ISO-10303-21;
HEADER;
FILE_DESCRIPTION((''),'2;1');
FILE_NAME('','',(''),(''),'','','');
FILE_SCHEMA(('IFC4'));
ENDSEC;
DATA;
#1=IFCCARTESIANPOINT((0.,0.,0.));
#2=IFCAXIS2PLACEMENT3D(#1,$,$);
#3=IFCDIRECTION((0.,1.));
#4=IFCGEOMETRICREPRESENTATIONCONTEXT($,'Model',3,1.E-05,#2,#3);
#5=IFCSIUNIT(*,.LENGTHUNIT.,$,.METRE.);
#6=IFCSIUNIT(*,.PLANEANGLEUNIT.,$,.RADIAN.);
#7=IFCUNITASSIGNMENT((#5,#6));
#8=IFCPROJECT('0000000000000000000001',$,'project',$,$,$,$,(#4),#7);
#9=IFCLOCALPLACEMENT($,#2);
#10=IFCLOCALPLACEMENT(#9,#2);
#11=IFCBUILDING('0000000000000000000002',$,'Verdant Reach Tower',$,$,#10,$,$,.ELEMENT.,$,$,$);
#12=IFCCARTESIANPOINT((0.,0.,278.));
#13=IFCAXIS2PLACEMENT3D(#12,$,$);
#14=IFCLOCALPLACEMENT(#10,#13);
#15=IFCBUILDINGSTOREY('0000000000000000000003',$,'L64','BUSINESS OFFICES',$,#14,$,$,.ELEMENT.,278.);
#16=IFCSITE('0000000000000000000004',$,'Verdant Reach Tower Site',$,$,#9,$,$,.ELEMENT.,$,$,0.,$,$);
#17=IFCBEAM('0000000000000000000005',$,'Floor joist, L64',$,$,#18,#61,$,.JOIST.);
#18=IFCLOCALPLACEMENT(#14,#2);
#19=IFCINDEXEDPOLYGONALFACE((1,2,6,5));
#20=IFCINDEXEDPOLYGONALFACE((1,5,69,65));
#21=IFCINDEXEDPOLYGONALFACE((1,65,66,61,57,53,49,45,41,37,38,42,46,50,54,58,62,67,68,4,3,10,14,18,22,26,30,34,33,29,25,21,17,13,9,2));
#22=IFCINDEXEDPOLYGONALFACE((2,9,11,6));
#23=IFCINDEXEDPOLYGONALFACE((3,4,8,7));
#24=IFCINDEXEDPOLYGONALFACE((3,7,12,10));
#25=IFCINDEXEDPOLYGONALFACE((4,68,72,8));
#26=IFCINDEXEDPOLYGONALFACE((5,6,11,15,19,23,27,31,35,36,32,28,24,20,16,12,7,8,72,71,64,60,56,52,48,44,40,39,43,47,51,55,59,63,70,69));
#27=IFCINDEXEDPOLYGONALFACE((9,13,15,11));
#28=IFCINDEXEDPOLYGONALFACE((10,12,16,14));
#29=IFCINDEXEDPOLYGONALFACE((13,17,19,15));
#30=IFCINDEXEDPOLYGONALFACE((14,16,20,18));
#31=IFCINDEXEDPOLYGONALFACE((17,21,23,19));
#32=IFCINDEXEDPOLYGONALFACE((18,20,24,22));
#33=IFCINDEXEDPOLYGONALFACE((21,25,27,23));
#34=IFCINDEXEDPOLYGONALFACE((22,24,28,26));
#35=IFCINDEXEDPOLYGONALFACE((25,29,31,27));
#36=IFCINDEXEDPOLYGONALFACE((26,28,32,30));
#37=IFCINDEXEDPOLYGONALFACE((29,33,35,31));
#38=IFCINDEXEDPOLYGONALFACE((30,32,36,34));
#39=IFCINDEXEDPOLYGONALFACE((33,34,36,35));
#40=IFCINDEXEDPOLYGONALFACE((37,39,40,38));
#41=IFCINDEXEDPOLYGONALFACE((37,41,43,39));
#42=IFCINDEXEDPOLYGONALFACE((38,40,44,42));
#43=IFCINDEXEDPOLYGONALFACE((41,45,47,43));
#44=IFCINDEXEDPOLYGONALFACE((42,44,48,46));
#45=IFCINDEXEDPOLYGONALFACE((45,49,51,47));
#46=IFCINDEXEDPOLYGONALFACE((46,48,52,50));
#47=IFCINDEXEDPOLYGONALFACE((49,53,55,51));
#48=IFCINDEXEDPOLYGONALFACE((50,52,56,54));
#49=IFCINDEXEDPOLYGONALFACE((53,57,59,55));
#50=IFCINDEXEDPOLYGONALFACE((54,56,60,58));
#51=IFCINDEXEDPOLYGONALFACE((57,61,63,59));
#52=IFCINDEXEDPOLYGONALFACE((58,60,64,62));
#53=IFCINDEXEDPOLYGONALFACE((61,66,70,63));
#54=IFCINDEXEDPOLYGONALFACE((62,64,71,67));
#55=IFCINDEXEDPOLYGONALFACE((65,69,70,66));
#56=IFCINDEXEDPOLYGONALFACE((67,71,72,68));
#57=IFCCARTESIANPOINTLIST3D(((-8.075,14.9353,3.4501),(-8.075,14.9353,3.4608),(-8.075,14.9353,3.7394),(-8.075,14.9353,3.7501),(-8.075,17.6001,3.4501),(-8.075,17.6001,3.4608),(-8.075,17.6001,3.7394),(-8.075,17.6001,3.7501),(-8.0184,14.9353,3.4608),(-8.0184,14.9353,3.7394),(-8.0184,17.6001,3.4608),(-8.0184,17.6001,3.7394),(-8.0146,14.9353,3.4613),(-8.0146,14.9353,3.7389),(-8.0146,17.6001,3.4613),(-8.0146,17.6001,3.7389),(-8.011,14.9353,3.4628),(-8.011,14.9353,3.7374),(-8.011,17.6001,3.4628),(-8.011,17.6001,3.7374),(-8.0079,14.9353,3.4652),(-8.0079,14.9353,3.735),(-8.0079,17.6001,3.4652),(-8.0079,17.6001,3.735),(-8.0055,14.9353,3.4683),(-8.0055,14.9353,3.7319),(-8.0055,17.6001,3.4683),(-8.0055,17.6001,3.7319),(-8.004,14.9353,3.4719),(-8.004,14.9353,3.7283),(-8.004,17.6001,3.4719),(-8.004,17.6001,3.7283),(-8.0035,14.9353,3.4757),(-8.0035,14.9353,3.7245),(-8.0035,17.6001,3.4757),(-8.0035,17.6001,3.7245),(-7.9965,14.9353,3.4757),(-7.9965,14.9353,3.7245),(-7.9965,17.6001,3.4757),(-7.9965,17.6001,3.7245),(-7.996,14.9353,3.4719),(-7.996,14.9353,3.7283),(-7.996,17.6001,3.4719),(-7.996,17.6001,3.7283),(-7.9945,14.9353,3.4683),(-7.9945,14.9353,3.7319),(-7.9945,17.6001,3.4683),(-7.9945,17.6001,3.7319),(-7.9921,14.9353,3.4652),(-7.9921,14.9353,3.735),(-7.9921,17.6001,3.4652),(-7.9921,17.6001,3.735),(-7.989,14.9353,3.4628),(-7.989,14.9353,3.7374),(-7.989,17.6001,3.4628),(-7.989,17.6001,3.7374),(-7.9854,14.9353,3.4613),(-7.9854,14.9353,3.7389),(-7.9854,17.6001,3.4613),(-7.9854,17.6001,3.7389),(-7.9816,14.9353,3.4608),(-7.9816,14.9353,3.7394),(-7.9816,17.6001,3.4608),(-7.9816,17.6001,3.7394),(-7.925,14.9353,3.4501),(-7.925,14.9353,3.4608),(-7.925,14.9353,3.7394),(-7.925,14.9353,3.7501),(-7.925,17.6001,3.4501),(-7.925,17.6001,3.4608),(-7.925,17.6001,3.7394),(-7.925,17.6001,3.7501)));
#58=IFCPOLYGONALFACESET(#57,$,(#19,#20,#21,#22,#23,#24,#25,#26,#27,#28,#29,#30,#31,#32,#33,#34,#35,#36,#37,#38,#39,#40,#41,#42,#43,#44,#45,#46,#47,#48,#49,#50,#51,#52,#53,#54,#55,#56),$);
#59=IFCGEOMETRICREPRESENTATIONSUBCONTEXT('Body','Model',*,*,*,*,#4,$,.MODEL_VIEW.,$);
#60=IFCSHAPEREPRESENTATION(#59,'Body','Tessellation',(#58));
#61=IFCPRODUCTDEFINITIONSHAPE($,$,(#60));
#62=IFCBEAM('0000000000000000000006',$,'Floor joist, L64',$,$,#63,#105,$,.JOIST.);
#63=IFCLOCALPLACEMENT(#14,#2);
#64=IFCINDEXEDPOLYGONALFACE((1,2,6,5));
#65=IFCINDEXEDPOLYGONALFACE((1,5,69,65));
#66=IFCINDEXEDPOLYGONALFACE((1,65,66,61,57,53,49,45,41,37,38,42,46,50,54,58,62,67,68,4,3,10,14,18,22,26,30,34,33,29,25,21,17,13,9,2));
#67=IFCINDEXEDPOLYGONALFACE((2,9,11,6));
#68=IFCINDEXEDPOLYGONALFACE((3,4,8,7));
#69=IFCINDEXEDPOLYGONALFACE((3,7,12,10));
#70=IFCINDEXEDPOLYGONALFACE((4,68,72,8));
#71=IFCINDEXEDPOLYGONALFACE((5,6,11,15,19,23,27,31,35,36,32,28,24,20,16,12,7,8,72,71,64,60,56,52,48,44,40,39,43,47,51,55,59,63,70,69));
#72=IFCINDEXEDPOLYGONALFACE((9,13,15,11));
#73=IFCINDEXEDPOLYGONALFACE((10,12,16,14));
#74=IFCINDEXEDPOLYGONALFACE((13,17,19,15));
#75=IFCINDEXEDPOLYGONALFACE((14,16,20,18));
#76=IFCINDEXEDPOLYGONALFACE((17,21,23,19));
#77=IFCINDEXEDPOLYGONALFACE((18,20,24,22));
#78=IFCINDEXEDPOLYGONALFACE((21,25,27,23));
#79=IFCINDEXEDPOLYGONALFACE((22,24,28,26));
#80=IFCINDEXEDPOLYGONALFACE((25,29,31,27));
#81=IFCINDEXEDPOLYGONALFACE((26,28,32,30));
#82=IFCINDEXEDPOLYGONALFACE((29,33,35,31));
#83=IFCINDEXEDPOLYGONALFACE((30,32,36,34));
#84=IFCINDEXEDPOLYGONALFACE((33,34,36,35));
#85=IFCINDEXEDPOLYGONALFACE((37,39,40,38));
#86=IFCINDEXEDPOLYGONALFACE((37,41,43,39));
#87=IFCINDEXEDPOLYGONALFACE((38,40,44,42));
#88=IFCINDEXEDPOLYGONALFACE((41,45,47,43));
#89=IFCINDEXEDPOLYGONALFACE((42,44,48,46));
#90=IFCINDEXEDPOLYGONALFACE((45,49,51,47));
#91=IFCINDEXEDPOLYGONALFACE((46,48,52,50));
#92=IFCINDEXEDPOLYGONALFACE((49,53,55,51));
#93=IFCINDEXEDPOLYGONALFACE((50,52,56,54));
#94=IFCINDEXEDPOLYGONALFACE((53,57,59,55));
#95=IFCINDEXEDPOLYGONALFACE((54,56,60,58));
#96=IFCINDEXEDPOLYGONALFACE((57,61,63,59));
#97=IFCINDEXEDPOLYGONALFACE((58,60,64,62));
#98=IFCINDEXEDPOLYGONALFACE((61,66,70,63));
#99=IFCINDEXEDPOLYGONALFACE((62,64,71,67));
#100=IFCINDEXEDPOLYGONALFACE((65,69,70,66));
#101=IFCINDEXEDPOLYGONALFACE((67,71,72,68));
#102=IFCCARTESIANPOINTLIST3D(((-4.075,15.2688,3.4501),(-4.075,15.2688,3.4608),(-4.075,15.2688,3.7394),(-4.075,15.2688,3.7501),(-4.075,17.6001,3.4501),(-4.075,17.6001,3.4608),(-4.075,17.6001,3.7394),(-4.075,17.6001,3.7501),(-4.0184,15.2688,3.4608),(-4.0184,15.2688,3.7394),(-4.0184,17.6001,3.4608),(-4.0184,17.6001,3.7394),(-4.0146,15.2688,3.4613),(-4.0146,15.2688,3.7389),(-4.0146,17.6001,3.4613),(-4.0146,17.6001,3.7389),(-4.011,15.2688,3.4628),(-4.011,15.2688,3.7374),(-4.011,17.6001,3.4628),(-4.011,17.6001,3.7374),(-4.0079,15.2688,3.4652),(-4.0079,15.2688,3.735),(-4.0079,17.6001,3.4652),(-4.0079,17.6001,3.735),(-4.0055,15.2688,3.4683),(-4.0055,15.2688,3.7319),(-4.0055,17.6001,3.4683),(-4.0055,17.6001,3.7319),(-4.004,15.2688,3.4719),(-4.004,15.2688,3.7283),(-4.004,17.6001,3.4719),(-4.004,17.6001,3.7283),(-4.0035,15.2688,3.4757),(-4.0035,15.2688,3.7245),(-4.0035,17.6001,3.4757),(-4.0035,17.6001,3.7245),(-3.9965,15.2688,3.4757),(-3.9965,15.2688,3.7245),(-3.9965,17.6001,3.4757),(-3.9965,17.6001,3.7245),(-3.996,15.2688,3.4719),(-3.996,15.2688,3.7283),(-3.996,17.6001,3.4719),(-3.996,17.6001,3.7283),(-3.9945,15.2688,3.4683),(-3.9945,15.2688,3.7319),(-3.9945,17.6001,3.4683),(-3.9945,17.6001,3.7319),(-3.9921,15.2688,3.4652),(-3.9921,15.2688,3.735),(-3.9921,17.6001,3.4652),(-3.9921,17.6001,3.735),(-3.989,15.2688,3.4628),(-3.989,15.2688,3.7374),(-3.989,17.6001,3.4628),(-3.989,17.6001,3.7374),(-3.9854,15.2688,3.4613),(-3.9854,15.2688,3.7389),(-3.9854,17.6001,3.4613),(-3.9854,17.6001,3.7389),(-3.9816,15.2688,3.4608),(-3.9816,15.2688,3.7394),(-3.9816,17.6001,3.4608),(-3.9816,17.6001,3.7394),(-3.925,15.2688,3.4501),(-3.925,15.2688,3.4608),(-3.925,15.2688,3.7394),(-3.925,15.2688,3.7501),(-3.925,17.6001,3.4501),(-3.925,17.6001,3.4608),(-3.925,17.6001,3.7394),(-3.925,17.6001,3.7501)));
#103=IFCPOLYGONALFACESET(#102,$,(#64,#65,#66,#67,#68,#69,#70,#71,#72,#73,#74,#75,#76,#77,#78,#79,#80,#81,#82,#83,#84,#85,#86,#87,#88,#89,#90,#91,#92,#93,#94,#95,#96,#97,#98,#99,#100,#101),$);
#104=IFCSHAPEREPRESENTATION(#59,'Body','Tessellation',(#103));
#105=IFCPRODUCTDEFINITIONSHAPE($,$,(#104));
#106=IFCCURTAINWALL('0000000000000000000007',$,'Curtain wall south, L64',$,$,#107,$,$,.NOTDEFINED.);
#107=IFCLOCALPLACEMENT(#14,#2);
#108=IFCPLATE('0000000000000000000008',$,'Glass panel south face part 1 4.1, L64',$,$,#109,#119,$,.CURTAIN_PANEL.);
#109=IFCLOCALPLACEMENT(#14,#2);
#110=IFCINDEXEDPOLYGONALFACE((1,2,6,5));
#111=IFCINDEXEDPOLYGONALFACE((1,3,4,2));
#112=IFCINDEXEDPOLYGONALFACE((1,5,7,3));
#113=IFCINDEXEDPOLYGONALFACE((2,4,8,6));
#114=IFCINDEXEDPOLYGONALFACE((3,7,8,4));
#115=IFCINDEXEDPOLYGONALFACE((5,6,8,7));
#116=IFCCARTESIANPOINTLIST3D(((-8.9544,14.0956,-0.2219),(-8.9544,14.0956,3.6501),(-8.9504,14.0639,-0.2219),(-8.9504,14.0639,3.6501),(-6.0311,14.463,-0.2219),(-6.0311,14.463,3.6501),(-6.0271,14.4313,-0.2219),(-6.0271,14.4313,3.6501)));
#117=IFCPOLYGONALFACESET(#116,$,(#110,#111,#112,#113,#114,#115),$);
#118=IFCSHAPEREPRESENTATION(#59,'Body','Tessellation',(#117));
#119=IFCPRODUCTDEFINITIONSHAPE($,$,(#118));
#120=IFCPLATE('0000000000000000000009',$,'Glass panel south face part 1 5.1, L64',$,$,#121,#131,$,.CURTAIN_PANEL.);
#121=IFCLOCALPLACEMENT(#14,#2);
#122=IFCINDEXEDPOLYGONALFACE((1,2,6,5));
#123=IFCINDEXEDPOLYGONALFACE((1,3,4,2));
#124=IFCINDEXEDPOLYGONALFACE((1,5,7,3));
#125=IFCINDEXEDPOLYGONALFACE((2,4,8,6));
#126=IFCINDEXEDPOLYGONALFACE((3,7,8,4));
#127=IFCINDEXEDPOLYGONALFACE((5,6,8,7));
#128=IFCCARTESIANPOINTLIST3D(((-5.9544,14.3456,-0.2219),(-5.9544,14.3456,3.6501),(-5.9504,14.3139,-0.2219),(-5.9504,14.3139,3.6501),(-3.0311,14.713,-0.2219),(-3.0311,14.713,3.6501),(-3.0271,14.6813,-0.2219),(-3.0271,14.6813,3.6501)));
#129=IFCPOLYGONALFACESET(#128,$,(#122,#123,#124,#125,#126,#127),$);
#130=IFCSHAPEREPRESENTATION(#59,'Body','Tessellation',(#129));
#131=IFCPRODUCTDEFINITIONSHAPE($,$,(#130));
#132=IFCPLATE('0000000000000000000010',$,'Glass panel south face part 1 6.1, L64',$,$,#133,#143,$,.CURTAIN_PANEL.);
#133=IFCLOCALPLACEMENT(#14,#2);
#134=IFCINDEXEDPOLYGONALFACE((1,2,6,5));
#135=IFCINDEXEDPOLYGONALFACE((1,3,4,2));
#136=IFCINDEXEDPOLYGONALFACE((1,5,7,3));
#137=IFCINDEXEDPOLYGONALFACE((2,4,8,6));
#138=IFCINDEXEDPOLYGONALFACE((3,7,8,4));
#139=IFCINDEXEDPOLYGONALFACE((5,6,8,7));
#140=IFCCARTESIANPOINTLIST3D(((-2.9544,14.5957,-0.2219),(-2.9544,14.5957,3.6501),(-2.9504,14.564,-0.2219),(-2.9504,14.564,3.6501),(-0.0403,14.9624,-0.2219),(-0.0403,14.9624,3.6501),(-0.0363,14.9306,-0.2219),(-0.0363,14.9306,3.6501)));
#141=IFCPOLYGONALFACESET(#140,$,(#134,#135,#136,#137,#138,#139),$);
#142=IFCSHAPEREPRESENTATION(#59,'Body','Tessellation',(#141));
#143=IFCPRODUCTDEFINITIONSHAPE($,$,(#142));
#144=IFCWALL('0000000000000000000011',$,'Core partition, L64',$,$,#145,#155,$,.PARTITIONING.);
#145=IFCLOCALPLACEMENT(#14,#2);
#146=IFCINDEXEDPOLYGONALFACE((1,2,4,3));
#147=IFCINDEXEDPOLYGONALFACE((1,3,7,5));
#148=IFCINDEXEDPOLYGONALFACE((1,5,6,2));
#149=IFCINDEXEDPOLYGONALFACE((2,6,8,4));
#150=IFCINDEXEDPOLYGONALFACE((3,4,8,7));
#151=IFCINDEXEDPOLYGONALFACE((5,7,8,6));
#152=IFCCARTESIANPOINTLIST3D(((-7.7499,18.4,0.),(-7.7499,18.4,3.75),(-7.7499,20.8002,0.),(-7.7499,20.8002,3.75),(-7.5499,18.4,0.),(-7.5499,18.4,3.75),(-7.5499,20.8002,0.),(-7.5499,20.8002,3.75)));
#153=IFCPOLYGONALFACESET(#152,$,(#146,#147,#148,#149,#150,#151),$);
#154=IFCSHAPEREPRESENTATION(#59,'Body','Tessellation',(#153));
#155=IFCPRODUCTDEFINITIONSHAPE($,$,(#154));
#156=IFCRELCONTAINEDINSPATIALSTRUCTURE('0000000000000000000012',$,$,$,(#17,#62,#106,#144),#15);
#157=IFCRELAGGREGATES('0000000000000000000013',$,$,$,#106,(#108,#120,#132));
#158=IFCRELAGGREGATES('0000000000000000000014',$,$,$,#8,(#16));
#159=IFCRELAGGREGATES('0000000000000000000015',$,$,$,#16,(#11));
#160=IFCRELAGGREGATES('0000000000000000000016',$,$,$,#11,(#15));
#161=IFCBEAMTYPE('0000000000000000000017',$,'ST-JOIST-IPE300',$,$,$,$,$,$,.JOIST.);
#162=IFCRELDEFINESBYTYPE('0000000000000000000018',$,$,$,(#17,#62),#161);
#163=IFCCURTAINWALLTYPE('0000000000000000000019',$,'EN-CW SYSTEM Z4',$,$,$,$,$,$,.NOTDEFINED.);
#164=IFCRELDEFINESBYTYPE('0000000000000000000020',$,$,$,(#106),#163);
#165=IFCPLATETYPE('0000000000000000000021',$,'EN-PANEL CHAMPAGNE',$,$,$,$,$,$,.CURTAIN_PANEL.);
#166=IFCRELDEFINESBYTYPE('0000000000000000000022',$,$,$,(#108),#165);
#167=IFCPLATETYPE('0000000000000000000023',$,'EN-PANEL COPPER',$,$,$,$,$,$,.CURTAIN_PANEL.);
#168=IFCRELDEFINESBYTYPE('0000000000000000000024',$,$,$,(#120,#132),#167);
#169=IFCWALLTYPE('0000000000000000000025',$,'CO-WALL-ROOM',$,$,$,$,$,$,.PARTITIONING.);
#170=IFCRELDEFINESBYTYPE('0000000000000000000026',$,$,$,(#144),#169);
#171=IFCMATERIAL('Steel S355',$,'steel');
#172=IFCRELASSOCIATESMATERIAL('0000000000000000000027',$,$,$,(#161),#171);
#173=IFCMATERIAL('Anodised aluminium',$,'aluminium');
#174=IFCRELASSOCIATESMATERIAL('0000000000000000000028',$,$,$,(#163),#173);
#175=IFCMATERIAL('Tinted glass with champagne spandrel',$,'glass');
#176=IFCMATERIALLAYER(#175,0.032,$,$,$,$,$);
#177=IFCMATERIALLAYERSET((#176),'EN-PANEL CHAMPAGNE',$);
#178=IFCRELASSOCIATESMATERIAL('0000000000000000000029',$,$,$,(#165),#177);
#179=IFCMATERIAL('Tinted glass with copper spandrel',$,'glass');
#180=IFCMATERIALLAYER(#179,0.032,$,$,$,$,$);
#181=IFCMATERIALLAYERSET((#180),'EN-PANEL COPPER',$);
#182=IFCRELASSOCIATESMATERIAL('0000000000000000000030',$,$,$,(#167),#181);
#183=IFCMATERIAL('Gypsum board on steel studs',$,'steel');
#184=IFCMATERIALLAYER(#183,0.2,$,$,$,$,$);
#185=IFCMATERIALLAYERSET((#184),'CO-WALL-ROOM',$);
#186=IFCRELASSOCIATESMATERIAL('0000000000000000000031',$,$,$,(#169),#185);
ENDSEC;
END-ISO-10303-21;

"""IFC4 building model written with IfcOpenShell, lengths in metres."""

from ifc_helpers import new_model, si_unit, direction, frame, frame_2d, origin, origin_2d, place, context, subcontext, project, spatial, rectangle, i_section, extrude, material, layer, layer_set, material_profile, profile_set, type_object, element, aggregate, save


model = new_model("IFC4")

# Units and contexts
model_context = context("Model", 3, precision=1e-05, world=origin(), true_north=direction((0.0, 1.0)))
body_context = subcontext(model_context, "Body", "Model", "MODEL_VIEW")
ifc_project = project(units=[si_unit("LENGTHUNIT", "METRE"), si_unit("PLANEANGLEUNIT", "RADIAN")], contexts=[model_context])

# Site, building, storey
site_placement = place(None, origin())
site = spatial("IfcSite", under=ifc_project, at=site_placement, Name="Verdant Reach Tower Site", CompositionType="ELEMENT", RefElevation=0.0)
building_placement = place(site_placement, origin())
building = spatial("IfcBuilding", under=site, at=building_placement, Name="Verdant Reach Tower", CompositionType="ELEMENT")
storey_placement = place(building_placement, frame((0.0, 0.0, 278.0)))
storey = spatial("IfcBuildingStorey", under=building, at=storey_placement, Name="L64", Description="BUSINESS OFFICES", CompositionType="ELEMENT", Elevation=278.0)

# Beams
ifc_material_1 = material(Name="Steel S355", Category="steel")
ifc_material_profile = material_profile(ifc_material_1, i_section(OverallWidth=0.1499, OverallDepth=0.3, WebThickness=0.0071, FlangeThickness=0.0107, FilletRadius=0.0149, at=origin_2d()), Name="IPE 300")
ifc_profile_set = profile_set([ifc_material_profile], Name="Steel S355")
beam_type = type_object("IfcBeamType", Name="ST-JOIST-IPE300", PredefinedType="JOIST", material=ifc_profile_set)
beam_1_placement = place(storey_placement, frame((-8.0, 17.6001, 3.6001), z_axis=(0.0, -1.0, 0.0), x_axis=(1.0, 0.0, 0.0)))
element("IfcBeam", 1, at=beam_1_placement, inside=storey, type_object=beam_type, Name="Floor joist, L64", PredefinedType="JOIST", context=body_context, shape_type="SweptSolid", body=[
    extrude(i_section(OverallWidth=0.1499, OverallDepth=0.3, WebThickness=0.0071, FlangeThickness=0.0107, FilletRadius=0.0149, at=origin_2d()), origin(), (0.0, 0.0, 1.0), 2.6648),
])
beam_2_placement = place(storey_placement, frame((-4.0, 17.6001, 3.6001), z_axis=(0.0, -1.0, 0.0), x_axis=(1.0, 0.0, 0.0)))
element("IfcBeam", 2, at=beam_2_placement, inside=storey, type_object=beam_type, Name="Floor joist, L64", PredefinedType="JOIST", context=body_context, shape_type="SweptSolid", body=[
    extrude(i_section(OverallWidth=0.1499, OverallDepth=0.3, WebThickness=0.0071, FlangeThickness=0.0107, FilletRadius=0.0149, at=origin_2d()), origin(), (0.0, 0.0, 1.0), 2.3313),
])

# Curtain wall, plates
ifc_material_2 = material(Name="Anodised aluminium", Category="aluminium")
curtain_wall_type = type_object("IfcCurtainWallType", Name="EN-CW SYSTEM Z4", PredefinedType="NOTDEFINED", material=ifc_material_2)
curtain_wall_placement = place(storey_placement, origin())
curtain_wall = element("IfcCurtainWall", 3, at=curtain_wall_placement, inside=storey, type_object=curtain_wall_type, Name="Curtain wall south, L64", PredefinedType="NOTDEFINED")
ifc_material_3 = material(Name="Tinted glass with champagne spandrel", Category="glass")
ifc_layer_1 = layer(ifc_material_3, 0.032)
ifc_layer_set_1 = layer_set([ifc_layer_1], Name="EN-PANEL CHAMPAGNE")
plate_type_1 = type_object("IfcPlateType", Name="EN-PANEL CHAMPAGNE", PredefinedType="CURTAIN_PANEL", material=ifc_layer_set_1)
plate_1_placement = place(storey_placement, frame((-7.4907, 14.2634, -0.2219), z_axis=(0.0, 0.0, 1.0), x_axis=(0.992194, 0.124704, 0.0)))
plate_1 = element("IfcPlate", 4, at=plate_1_placement, type_object=plate_type_1, Name="Glass panel south face part 1 4.1, L64", PredefinedType="CURTAIN_PANEL", context=body_context, shape_type="SweptSolid", body=[
    extrude(rectangle(XDim=2.9463, YDim=0.032, at=origin_2d()), origin(), (0.0, 0.0, 1.0), 3.8721),
])
ifc_material_4 = material(Name="Tinted glass with copper spandrel", Category="glass")
ifc_layer_2 = layer(ifc_material_4, 0.032)
ifc_layer_set_2 = layer_set([ifc_layer_2], Name="EN-PANEL COPPER")
plate_type_2 = type_object("IfcPlateType", Name="EN-PANEL COPPER", PredefinedType="CURTAIN_PANEL", material=ifc_layer_set_2)
plate_2_placement = place(storey_placement, frame((-4.4907, 14.5134, -0.2219), z_axis=(0.0, 0.0, 1.0), x_axis=(0.992194, 0.124704, 0.0)))
plate_2 = element("IfcPlate", 5, at=plate_2_placement, type_object=plate_type_2, Name="Glass panel south face part 1 5.1, L64", PredefinedType="CURTAIN_PANEL", context=body_context, shape_type="SweptSolid", body=[
    extrude(rectangle(XDim=2.9463, YDim=0.032, at=origin_2d()), origin(), (0.0, 0.0, 1.0), 3.8721),
])
plate_3_placement = place(storey_placement, frame((-1.4954, 14.7632, -0.2219), z_axis=(0.0, 0.0, 1.0), x_axis=(0.992178, 0.124832, 0.0)))
plate_3 = element("IfcPlate", 6, at=plate_3_placement, type_object=plate_type_2, Name="Glass panel south face part 1 6.1, L64", PredefinedType="CURTAIN_PANEL", context=body_context, shape_type="SweptSolid", body=[
    extrude(rectangle(XDim=2.937, YDim=0.032, at=origin_2d()), origin(), (0.0, 0.0, 1.0), 3.8721),
])
aggregate(curtain_wall, [plate_1, plate_2, plate_3])

# Wall
ifc_material_5 = material(Name="Gypsum board on steel studs", Category="steel")
ifc_layer_3 = layer(ifc_material_5, 0.2)
ifc_layer_set_3 = layer_set([ifc_layer_3], Name="CO-WALL-ROOM")
wall_type_1 = type_object("IfcWallType", Name="CO-WALL-ROOM", PredefinedType="PARTITIONING", material=ifc_layer_set_3)
wall_1_placement = place(storey_placement, frame((-7.6499, 18.3999, 0.0), z_axis=(0.0, 0.0, 1.0), x_axis=(0.0, 1.0, 0.0)))
element("IfcWall", 7, at=wall_1_placement, inside=storey, type_object=wall_type_1, Name="Core partition, L64", PredefinedType="PARTITIONING", context=body_context, shape_type="SweptSolid", body=[
    extrude(rectangle(XDim=2.4001, YDim=0.2, at=frame_2d((1.2002, 0.0))), origin(), (0.0, 0.0, 1.0), 3.75),
])

save(model, "model.ifc")
